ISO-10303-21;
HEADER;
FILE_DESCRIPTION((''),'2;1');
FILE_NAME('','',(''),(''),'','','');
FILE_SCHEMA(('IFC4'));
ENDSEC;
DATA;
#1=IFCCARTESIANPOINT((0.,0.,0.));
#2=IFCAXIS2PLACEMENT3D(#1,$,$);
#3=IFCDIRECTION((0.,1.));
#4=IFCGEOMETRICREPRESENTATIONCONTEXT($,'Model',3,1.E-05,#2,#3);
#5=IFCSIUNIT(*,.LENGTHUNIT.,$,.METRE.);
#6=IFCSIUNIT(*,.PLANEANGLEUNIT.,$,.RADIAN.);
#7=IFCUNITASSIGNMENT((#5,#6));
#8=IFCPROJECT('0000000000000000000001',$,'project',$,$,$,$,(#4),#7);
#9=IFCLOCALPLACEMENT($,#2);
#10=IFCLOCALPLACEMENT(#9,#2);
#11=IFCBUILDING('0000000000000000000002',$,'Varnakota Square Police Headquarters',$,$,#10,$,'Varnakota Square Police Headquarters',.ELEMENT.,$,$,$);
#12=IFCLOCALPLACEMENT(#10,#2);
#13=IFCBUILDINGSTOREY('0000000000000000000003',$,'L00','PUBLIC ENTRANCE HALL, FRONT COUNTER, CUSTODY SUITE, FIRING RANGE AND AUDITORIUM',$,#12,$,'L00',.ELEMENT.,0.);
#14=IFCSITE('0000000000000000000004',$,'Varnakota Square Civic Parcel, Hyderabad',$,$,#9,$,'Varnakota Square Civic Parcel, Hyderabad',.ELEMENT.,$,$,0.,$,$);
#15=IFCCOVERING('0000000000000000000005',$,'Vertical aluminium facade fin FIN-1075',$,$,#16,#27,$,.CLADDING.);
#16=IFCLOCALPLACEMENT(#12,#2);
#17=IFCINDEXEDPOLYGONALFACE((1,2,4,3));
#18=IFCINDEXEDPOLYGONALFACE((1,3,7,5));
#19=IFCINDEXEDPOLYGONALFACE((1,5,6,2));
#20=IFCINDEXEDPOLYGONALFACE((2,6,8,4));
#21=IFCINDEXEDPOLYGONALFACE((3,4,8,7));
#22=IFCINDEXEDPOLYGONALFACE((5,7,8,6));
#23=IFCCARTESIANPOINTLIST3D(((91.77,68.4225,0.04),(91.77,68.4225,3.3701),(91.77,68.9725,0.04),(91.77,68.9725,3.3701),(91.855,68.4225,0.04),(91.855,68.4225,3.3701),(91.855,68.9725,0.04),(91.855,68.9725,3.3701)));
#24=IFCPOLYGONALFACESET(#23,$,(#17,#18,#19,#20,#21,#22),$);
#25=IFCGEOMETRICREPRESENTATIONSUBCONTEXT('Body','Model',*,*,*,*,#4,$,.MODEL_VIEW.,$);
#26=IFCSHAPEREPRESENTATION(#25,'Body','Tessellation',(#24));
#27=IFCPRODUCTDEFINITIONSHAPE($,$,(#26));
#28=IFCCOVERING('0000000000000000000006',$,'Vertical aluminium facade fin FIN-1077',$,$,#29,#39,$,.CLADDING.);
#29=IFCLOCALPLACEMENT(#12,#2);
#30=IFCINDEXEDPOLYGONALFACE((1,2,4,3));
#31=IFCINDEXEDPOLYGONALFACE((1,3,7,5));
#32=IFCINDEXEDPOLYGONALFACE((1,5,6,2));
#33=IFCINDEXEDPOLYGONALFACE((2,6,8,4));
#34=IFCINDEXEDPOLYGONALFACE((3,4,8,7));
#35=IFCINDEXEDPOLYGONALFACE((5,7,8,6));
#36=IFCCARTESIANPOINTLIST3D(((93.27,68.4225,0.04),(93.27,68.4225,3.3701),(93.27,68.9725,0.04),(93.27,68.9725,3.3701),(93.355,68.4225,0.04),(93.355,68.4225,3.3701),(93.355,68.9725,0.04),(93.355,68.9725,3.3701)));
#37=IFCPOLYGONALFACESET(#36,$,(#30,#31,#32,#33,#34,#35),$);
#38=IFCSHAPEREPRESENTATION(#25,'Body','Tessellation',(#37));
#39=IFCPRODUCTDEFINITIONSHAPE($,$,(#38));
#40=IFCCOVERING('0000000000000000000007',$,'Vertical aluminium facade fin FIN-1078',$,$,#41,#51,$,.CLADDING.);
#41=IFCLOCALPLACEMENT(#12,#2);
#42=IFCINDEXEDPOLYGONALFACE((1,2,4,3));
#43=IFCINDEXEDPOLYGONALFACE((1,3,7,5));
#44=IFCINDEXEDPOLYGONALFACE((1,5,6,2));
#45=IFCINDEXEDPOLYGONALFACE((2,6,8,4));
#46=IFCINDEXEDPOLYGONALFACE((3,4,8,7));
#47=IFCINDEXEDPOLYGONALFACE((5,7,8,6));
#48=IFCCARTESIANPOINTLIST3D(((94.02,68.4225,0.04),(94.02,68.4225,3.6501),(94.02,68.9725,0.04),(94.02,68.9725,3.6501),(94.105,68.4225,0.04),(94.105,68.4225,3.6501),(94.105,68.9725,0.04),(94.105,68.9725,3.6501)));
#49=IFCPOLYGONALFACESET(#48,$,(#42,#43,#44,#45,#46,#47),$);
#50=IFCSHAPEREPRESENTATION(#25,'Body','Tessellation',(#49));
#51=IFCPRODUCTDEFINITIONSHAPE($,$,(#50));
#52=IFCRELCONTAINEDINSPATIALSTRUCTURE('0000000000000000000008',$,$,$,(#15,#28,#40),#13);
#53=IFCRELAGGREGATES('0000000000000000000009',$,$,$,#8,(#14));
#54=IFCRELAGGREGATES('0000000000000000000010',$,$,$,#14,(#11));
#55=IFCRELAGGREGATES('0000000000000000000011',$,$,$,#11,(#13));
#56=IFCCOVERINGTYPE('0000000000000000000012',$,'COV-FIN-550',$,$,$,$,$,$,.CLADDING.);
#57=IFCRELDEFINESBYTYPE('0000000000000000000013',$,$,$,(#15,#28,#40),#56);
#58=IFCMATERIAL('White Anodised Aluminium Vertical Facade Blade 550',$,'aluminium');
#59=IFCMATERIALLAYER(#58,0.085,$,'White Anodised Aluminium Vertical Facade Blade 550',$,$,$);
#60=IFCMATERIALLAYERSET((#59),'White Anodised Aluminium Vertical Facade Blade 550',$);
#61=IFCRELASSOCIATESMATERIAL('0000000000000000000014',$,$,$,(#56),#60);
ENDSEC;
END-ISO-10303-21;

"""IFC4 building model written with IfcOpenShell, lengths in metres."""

from ifc_helpers import new_model, si_unit, direction, frame, origin, origin_2d, place, context, subcontext, project, spatial, rectangle, extrude, material, layer, layer_set, type_object, element, save


model = new_model("IFC4")

# Units and contexts
model_context = context("Model", 3, precision=1e-05, world=origin(), true_north=direction((0.0, 1.0)))
body_context = subcontext(model_context, "Body", "Model", "MODEL_VIEW")
ifc_project = project(units=[si_unit("LENGTHUNIT", "METRE"), si_unit("PLANEANGLEUNIT", "RADIAN")], contexts=[model_context])

# Site, building, storey
site_placement = place(None, origin())
site = spatial("IfcSite", under=ifc_project, at=site_placement, Name="Varnakota Square Civic Parcel, Hyderabad", LongName="Varnakota Square Civic Parcel, Hyderabad", CompositionType="ELEMENT", RefElevation=0.0)
building_placement = place(site_placement, origin())
building = spatial("IfcBuilding", under=site, at=building_placement, Name="Varnakota Square Police Headquarters", LongName="Varnakota Square Police Headquarters", CompositionType="ELEMENT")
storey_placement = place(building_placement, origin())
storey = spatial("IfcBuildingStorey", under=building, at=storey_placement, Name="L00", Description="PUBLIC ENTRANCE HALL, FRONT COUNTER, CUSTODY SUITE, FIRING RANGE AND AUDITORIUM", LongName="L00", CompositionType="ELEMENT", Elevation=0.0)

# Coverings
ifc_material_1 = material(Name="White Anodised Aluminium Vertical Facade Blade 550", Category="aluminium")
ifc_layer_1 = layer(ifc_material_1, 0.085, Name="White Anodised Aluminium Vertical Facade Blade 550")
ifc_layer_set_1 = layer_set([ifc_layer_1], Name="White Anodised Aluminium Vertical Facade Blade 550")
covering_type_1 = type_object("IfcCoveringType", Name="COV-FIN-550", PredefinedType="CLADDING", material=ifc_layer_set_1)
for number, where, z_axis, x_axis, name in (
    (1, (91.8125, 68.6975, 0.04), (0.0, 0.0, 1.0), (1.0, 0.0, 0.0), "Vertical aluminium facade fin FIN-1075"),
    (2, (93.3125, 68.6975, 0.04), (0.0, 0.0, 1.0), (1.0, 0.0, 0.0), "Vertical aluminium facade fin FIN-1077"),
):
    element("IfcCovering", number, at=place(storey_placement, frame(where, z_axis=z_axis, x_axis=x_axis)), inside=storey, type_object=covering_type_1, Name=name, PredefinedType="CLADDING", context=body_context, shape_type="SweptSolid", body=[
        extrude(rectangle(XDim=0.085, YDim=0.55, at=origin_2d()), origin(), (0.0, 0.0, 1.0), 3.3301),
    ])
covering_1_placement = place(storey_placement, frame((94.0625, 68.6975, 0.04), z_axis=(0.0, 0.0, 1.0), x_axis=(1.0, 0.0, 0.0)))
element("IfcCovering", 3, at=covering_1_placement, inside=storey, type_object=covering_type_1, Name="Vertical aluminium facade fin FIN-1078", PredefinedType="CLADDING", context=body_context, shape_type="SweptSolid", body=[
    extrude(rectangle(XDim=0.085, YDim=0.55, at=origin_2d()), origin(), (0.0, 0.0, 1.0), 3.6101),
])

save(model, "model.ifc")
